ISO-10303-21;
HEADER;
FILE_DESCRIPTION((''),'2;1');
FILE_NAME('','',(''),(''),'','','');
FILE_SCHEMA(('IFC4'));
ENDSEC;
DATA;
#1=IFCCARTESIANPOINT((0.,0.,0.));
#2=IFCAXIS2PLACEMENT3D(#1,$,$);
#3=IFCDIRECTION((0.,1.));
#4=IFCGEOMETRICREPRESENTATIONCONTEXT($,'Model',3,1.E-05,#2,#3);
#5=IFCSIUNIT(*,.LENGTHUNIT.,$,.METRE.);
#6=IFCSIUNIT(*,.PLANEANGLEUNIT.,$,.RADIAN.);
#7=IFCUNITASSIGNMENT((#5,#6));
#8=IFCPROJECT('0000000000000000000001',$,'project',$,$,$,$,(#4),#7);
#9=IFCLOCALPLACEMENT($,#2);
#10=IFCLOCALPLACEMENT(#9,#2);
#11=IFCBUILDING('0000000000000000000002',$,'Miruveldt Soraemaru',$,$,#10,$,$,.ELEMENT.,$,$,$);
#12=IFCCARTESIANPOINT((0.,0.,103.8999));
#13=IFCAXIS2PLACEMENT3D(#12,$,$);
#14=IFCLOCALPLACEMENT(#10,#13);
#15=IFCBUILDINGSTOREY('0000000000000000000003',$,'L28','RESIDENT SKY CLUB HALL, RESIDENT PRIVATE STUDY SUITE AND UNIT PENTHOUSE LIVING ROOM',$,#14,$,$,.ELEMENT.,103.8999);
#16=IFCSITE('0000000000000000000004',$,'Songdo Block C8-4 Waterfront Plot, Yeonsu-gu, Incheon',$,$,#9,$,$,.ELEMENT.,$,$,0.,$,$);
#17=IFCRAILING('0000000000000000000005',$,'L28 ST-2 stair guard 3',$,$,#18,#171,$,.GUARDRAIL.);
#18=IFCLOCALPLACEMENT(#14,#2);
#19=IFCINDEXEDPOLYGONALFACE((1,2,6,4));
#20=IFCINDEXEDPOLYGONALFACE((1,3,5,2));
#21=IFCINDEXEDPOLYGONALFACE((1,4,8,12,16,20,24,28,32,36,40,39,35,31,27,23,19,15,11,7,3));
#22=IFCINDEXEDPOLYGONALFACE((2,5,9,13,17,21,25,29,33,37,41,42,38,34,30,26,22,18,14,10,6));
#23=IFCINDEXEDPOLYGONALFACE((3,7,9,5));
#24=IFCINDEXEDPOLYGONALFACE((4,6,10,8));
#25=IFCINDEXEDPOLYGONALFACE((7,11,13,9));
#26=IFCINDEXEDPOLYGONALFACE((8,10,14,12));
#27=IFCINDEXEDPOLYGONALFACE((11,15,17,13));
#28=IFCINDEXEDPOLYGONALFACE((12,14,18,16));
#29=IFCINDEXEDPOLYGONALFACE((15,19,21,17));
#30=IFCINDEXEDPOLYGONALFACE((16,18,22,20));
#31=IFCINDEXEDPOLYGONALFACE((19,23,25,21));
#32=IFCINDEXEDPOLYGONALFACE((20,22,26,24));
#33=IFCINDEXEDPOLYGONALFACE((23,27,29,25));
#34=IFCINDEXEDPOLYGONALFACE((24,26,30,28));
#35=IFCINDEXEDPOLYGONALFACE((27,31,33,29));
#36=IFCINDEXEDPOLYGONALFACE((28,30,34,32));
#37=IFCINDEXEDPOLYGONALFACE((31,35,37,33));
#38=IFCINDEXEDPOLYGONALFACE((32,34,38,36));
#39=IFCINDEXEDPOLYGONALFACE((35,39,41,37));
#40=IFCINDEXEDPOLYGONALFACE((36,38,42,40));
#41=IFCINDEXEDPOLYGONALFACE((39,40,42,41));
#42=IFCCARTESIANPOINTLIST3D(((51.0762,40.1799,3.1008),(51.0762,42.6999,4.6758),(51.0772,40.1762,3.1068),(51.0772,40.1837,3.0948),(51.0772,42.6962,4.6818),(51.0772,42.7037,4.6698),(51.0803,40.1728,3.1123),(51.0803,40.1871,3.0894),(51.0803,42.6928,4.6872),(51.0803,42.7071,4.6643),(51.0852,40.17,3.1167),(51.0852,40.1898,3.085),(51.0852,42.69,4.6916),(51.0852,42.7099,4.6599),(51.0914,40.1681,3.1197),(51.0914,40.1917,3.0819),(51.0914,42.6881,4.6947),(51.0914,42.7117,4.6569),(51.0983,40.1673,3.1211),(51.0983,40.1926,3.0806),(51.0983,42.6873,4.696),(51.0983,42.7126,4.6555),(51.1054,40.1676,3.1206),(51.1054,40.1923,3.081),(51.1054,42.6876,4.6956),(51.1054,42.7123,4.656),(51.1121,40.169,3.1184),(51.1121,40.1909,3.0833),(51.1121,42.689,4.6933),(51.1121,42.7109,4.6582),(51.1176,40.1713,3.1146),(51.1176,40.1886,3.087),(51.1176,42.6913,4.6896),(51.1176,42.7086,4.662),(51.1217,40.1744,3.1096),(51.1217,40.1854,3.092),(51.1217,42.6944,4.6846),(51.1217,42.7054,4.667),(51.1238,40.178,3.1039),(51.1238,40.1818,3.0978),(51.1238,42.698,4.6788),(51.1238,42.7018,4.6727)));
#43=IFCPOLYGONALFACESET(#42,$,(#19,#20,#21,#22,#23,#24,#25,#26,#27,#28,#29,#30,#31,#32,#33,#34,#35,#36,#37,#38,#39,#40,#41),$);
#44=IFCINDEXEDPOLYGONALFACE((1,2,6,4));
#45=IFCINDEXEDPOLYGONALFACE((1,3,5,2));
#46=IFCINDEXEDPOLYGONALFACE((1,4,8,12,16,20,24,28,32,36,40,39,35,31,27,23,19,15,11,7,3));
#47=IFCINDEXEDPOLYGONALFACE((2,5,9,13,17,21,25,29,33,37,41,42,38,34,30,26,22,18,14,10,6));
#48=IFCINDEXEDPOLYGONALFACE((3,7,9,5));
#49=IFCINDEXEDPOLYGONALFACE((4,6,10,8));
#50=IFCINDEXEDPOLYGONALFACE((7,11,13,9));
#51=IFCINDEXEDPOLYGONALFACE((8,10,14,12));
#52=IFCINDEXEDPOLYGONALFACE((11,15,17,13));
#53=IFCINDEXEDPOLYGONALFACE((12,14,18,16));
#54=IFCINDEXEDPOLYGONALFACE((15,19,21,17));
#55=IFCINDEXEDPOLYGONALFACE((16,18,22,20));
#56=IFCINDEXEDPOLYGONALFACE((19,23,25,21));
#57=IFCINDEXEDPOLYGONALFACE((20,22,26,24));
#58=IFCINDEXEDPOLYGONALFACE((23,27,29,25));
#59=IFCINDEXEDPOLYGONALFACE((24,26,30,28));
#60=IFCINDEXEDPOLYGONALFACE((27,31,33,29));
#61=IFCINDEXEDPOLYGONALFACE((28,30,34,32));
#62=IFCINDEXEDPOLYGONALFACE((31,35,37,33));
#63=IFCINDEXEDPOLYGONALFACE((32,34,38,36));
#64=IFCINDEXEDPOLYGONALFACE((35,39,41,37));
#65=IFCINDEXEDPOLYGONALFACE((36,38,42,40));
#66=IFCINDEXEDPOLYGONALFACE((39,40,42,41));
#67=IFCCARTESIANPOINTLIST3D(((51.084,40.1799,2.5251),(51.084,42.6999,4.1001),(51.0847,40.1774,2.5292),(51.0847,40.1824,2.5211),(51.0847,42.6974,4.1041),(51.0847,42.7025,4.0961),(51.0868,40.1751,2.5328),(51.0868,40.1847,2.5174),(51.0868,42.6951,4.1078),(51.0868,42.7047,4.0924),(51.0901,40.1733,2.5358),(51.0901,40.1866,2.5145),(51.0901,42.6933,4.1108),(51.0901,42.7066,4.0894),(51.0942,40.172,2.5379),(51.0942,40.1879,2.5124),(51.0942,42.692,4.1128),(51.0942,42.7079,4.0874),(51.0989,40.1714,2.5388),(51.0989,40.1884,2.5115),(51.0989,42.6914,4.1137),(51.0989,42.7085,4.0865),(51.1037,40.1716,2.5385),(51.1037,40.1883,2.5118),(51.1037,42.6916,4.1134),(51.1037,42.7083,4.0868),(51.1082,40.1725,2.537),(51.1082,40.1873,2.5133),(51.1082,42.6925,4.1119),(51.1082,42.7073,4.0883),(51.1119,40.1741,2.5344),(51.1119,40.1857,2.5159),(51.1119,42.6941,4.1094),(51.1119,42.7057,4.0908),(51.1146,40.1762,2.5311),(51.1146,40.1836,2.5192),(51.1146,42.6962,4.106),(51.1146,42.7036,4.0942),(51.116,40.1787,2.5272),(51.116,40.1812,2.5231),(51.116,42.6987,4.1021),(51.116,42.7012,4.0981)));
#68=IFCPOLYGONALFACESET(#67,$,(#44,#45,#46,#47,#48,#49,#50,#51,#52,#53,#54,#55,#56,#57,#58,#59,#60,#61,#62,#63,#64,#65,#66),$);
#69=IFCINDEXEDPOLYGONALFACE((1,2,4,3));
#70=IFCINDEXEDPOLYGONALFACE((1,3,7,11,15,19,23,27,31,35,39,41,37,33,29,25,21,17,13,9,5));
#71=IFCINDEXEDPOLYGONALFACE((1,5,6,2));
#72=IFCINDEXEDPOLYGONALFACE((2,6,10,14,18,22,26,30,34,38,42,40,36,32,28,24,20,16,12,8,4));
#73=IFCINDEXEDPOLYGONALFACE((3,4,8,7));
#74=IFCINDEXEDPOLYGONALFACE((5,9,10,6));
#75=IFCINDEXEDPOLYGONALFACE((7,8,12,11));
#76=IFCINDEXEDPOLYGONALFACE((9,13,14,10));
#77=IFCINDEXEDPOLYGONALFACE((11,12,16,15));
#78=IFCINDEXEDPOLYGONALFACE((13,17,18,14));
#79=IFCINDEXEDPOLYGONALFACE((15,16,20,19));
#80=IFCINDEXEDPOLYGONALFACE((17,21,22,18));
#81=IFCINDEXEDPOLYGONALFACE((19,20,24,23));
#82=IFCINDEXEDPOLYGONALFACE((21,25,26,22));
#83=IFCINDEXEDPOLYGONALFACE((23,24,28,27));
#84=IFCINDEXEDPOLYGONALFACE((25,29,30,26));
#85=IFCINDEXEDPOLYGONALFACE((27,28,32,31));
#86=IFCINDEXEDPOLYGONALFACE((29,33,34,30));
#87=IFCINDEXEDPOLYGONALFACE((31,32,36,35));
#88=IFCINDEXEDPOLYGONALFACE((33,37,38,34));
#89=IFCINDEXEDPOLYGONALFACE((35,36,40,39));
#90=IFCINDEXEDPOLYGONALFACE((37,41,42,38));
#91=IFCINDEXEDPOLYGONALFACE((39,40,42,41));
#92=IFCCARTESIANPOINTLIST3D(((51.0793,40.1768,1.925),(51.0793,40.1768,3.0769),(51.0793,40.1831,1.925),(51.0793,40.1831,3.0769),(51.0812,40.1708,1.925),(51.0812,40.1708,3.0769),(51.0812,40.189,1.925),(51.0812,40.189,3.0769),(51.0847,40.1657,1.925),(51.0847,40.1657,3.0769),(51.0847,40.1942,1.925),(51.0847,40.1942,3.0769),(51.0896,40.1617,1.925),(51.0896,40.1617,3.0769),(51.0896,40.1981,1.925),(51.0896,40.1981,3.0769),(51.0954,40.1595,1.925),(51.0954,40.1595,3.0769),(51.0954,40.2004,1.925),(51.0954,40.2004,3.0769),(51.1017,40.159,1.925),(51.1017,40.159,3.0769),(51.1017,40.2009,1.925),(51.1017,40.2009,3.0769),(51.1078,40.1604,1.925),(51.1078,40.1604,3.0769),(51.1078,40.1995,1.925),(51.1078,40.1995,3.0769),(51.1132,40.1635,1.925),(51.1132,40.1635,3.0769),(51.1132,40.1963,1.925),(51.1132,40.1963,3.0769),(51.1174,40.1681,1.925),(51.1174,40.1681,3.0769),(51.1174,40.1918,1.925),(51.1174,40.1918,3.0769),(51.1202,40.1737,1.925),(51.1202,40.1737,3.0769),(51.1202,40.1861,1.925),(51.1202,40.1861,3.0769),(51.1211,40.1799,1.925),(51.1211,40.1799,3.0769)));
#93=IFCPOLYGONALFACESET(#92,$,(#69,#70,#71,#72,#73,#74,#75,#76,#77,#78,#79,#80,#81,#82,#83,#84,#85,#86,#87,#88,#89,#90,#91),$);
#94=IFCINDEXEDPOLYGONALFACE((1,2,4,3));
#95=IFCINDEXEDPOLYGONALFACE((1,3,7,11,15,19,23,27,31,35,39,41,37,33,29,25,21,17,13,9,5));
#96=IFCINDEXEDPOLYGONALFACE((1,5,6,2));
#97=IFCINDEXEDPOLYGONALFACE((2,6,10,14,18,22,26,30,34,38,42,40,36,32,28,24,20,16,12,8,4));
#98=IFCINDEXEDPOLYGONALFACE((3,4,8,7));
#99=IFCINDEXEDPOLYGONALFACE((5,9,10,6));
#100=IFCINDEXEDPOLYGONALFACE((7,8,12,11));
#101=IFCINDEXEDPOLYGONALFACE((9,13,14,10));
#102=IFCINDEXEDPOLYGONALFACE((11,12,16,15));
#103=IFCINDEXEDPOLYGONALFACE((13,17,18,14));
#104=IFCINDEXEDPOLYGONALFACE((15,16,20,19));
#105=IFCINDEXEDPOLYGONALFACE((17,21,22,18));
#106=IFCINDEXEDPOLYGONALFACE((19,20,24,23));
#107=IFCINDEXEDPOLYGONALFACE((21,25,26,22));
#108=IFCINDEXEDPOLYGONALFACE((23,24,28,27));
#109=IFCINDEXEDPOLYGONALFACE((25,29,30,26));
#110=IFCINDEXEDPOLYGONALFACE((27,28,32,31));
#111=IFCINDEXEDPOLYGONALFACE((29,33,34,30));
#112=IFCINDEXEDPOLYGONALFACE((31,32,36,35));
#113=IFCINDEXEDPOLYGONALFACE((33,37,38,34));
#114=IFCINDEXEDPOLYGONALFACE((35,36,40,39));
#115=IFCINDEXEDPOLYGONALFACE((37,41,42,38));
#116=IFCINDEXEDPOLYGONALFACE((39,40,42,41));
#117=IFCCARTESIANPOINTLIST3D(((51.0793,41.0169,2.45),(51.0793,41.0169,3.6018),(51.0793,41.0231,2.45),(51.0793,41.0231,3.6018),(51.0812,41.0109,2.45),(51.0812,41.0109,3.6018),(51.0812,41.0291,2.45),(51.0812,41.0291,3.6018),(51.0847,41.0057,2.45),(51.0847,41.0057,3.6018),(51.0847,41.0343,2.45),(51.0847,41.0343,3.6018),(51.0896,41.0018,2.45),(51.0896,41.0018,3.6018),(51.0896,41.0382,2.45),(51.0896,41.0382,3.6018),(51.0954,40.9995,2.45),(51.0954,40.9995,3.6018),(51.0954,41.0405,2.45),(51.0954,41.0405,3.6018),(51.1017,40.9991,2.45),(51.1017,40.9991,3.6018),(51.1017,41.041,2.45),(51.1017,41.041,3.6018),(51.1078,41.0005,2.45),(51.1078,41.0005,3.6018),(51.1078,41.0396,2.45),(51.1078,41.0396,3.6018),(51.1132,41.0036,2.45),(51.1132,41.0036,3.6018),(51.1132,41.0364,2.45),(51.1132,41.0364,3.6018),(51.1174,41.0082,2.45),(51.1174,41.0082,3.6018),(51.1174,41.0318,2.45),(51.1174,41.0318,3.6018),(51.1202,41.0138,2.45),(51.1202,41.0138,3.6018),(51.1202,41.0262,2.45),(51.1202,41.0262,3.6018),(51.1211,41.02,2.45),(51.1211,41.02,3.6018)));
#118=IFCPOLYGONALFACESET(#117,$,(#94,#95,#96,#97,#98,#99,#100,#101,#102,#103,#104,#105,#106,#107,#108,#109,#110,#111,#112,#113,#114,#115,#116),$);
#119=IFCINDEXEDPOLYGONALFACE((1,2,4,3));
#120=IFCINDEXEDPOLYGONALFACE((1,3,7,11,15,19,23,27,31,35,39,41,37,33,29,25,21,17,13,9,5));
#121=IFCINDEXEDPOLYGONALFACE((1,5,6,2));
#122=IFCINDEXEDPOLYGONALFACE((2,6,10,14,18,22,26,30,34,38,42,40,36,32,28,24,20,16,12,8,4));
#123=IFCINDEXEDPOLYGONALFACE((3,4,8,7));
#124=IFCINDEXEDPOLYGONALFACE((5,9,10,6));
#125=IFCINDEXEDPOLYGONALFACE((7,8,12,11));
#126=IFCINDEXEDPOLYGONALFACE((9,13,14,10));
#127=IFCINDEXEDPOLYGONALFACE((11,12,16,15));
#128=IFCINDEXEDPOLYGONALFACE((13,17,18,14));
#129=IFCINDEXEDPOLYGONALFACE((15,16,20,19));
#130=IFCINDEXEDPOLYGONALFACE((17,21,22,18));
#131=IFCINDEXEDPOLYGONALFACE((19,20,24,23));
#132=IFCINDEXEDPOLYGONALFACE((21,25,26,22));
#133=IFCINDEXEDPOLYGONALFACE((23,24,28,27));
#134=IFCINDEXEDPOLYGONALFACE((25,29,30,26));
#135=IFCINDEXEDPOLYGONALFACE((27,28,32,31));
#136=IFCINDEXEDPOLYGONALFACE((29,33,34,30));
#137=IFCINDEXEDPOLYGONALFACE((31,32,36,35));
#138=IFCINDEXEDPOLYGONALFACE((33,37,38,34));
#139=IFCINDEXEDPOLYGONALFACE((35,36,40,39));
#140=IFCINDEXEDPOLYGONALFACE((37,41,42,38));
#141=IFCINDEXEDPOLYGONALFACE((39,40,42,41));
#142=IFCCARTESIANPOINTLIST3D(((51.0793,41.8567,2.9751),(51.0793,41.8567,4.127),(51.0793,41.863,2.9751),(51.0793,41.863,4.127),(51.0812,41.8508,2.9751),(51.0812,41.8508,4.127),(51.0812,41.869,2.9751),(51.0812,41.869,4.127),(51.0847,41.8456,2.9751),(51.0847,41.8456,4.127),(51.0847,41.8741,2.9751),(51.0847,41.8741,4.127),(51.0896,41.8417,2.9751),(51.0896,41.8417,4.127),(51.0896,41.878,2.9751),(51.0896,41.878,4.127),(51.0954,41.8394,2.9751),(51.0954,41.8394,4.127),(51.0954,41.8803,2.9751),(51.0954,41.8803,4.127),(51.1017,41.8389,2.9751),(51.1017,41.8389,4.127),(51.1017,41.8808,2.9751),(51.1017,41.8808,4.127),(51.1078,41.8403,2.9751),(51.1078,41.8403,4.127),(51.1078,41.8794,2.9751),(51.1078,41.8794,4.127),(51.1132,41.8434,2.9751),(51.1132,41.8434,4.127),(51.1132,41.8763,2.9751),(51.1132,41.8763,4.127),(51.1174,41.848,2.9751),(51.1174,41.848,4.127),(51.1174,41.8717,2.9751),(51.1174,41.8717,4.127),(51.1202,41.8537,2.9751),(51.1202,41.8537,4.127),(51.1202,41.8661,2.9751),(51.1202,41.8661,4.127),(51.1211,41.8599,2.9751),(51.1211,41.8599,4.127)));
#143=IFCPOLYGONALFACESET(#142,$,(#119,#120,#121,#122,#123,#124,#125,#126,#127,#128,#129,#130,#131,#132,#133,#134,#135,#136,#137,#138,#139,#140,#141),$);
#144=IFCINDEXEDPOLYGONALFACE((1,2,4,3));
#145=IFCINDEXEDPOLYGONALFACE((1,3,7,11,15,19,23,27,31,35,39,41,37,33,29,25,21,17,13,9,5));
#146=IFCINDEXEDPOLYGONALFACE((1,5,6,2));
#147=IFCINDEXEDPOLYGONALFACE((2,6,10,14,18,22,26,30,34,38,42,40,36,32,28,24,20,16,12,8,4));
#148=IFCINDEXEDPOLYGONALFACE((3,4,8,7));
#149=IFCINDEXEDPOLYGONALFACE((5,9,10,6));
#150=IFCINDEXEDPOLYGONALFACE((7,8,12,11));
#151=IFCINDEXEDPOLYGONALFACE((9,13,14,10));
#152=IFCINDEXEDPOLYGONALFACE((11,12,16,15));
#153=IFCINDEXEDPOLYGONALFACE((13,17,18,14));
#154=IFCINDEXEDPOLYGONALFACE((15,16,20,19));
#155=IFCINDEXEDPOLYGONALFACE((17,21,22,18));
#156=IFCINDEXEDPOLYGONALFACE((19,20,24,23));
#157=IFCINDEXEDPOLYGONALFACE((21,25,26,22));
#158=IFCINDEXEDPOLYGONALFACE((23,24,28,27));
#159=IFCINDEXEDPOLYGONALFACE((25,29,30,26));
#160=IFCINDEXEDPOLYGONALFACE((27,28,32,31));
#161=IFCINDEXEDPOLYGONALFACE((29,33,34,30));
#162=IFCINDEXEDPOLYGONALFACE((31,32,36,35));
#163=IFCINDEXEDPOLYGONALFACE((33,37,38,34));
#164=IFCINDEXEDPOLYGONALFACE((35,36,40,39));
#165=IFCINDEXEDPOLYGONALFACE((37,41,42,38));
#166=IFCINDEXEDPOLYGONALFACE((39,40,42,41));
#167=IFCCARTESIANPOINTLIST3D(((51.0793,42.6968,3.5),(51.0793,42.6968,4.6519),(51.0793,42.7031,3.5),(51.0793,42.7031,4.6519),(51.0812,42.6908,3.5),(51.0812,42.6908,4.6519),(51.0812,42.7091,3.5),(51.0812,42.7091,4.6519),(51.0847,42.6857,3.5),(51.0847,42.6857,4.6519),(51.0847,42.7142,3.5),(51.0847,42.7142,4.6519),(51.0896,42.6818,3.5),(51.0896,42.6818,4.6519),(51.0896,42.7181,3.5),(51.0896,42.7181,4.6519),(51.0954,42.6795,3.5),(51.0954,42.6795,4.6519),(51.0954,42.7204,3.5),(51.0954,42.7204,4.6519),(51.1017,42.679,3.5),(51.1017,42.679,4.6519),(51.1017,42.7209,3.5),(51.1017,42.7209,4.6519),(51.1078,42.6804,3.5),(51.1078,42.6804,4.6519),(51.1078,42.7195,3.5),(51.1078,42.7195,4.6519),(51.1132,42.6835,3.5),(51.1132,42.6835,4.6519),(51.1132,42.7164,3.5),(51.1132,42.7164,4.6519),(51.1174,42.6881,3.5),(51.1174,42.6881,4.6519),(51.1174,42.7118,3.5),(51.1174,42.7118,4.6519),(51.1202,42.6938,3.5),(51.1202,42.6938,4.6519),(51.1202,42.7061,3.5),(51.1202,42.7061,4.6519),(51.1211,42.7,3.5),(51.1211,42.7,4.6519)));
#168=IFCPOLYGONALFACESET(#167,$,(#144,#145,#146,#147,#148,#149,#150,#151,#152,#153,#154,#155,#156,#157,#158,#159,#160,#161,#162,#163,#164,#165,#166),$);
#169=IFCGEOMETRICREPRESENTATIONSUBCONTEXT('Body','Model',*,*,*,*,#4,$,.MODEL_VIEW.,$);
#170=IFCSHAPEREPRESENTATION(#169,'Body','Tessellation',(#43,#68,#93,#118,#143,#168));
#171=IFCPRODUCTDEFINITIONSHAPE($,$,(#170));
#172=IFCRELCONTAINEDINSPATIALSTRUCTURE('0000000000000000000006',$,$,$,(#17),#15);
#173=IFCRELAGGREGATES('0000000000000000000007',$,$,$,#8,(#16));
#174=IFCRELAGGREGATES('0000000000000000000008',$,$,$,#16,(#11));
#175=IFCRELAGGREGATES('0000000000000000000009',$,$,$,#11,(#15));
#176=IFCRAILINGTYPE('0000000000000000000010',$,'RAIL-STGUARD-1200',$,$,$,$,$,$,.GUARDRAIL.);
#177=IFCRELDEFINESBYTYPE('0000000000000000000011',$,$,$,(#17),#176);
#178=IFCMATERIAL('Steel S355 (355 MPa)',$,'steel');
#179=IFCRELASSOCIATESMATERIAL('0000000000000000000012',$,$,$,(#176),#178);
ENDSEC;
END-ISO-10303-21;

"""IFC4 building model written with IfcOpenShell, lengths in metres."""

from ifc_helpers import new_model, si_unit, direction, frame, origin, origin_2d, place, context, subcontext, project, spatial, circle, extrude, material, type_object, element, save


model = new_model("IFC4")

# Units and contexts
model_context = context("Model", 3, precision=1e-05, world=origin(), true_north=direction((0.0, 1.0)))
body_context = subcontext(model_context, "Body", "Model", "MODEL_VIEW")
ifc_project = project(units=[si_unit("LENGTHUNIT", "METRE"), si_unit("PLANEANGLEUNIT", "RADIAN")], contexts=[model_context])

# Site, building, storey
site_placement = place(None, origin())
site = spatial("IfcSite", under=ifc_project, at=site_placement, Name="Songdo Block C8-4 Waterfront Plot, Yeonsu-gu, Incheon", CompositionType="ELEMENT", RefElevation=0.0)
building_placement = place(site_placement, origin())
building = spatial("IfcBuilding", under=site, at=building_placement, Name="Miruveldt Soraemaru", CompositionType="ELEMENT")
storey_placement = place(building_placement, frame((0.0, 0.0, 103.8999)))
storey = spatial("IfcBuildingStorey", under=building, at=storey_placement, Name="L28", Description="RESIDENT SKY CLUB HALL, RESIDENT PRIVATE STUDY SUITE AND UNIT PENTHOUSE LIVING ROOM", CompositionType="ELEMENT", Elevation=103.8999)

# Railing
ifc_material_1 = material(Name="Steel S355 (355 MPa)", Category="steel")
railing_type_1 = type_object("IfcRailingType", Name="RAIL-STGUARD-1200", PredefinedType="GUARDRAIL", material=ifc_material_1)
railing_1_placement = place(storey_placement, frame((51.1001, 40.1799, 1.925)))
element("IfcRailing", 1, at=railing_1_placement, inside=storey, type_object=railing_type_1, Name="L28 ST-2 stair guard 3", PredefinedType="GUARDRAIL", context=body_context, shape_type="SweptSolid", body=[
    extrude(circle(Radius=0.0239, at=origin_2d()), frame((0.0, 0.0, 1.1758), z_axis=(0.0, 0.848008, 0.529984), x_axis=(-1.0, 0.0, 0.0)), (0.0, 0.0, 1.0), 2.9717),
    extrude(circle(Radius=0.0161, at=origin_2d()), frame((0.0, 0.0, 0.6001), z_axis=(0.0, 0.848008, 0.529984), x_axis=(-1.0, 0.0, 0.0)), (0.0, 0.0, 1.0), 2.9717),
    extrude(circle(Radius=0.021, at=origin_2d()), origin(), (0.0, 0.0, 1.0), 1.1519),
    extrude(circle(Radius=0.021, at=origin_2d()), frame((0.0, 0.8401, 0.5249)), (0.0, 0.0, 1.0), 1.1519),
    extrude(circle(Radius=0.021, at=origin_2d()), frame((0.0, 1.6799, 1.05)), (0.0, 0.0, 1.0), 1.1519),
    extrude(circle(Radius=0.021, at=origin_2d()), frame((0.0, 2.52, 1.575)), (0.0, 0.0, 1.0), 1.1519),
])

save(model, "model.ifc")
